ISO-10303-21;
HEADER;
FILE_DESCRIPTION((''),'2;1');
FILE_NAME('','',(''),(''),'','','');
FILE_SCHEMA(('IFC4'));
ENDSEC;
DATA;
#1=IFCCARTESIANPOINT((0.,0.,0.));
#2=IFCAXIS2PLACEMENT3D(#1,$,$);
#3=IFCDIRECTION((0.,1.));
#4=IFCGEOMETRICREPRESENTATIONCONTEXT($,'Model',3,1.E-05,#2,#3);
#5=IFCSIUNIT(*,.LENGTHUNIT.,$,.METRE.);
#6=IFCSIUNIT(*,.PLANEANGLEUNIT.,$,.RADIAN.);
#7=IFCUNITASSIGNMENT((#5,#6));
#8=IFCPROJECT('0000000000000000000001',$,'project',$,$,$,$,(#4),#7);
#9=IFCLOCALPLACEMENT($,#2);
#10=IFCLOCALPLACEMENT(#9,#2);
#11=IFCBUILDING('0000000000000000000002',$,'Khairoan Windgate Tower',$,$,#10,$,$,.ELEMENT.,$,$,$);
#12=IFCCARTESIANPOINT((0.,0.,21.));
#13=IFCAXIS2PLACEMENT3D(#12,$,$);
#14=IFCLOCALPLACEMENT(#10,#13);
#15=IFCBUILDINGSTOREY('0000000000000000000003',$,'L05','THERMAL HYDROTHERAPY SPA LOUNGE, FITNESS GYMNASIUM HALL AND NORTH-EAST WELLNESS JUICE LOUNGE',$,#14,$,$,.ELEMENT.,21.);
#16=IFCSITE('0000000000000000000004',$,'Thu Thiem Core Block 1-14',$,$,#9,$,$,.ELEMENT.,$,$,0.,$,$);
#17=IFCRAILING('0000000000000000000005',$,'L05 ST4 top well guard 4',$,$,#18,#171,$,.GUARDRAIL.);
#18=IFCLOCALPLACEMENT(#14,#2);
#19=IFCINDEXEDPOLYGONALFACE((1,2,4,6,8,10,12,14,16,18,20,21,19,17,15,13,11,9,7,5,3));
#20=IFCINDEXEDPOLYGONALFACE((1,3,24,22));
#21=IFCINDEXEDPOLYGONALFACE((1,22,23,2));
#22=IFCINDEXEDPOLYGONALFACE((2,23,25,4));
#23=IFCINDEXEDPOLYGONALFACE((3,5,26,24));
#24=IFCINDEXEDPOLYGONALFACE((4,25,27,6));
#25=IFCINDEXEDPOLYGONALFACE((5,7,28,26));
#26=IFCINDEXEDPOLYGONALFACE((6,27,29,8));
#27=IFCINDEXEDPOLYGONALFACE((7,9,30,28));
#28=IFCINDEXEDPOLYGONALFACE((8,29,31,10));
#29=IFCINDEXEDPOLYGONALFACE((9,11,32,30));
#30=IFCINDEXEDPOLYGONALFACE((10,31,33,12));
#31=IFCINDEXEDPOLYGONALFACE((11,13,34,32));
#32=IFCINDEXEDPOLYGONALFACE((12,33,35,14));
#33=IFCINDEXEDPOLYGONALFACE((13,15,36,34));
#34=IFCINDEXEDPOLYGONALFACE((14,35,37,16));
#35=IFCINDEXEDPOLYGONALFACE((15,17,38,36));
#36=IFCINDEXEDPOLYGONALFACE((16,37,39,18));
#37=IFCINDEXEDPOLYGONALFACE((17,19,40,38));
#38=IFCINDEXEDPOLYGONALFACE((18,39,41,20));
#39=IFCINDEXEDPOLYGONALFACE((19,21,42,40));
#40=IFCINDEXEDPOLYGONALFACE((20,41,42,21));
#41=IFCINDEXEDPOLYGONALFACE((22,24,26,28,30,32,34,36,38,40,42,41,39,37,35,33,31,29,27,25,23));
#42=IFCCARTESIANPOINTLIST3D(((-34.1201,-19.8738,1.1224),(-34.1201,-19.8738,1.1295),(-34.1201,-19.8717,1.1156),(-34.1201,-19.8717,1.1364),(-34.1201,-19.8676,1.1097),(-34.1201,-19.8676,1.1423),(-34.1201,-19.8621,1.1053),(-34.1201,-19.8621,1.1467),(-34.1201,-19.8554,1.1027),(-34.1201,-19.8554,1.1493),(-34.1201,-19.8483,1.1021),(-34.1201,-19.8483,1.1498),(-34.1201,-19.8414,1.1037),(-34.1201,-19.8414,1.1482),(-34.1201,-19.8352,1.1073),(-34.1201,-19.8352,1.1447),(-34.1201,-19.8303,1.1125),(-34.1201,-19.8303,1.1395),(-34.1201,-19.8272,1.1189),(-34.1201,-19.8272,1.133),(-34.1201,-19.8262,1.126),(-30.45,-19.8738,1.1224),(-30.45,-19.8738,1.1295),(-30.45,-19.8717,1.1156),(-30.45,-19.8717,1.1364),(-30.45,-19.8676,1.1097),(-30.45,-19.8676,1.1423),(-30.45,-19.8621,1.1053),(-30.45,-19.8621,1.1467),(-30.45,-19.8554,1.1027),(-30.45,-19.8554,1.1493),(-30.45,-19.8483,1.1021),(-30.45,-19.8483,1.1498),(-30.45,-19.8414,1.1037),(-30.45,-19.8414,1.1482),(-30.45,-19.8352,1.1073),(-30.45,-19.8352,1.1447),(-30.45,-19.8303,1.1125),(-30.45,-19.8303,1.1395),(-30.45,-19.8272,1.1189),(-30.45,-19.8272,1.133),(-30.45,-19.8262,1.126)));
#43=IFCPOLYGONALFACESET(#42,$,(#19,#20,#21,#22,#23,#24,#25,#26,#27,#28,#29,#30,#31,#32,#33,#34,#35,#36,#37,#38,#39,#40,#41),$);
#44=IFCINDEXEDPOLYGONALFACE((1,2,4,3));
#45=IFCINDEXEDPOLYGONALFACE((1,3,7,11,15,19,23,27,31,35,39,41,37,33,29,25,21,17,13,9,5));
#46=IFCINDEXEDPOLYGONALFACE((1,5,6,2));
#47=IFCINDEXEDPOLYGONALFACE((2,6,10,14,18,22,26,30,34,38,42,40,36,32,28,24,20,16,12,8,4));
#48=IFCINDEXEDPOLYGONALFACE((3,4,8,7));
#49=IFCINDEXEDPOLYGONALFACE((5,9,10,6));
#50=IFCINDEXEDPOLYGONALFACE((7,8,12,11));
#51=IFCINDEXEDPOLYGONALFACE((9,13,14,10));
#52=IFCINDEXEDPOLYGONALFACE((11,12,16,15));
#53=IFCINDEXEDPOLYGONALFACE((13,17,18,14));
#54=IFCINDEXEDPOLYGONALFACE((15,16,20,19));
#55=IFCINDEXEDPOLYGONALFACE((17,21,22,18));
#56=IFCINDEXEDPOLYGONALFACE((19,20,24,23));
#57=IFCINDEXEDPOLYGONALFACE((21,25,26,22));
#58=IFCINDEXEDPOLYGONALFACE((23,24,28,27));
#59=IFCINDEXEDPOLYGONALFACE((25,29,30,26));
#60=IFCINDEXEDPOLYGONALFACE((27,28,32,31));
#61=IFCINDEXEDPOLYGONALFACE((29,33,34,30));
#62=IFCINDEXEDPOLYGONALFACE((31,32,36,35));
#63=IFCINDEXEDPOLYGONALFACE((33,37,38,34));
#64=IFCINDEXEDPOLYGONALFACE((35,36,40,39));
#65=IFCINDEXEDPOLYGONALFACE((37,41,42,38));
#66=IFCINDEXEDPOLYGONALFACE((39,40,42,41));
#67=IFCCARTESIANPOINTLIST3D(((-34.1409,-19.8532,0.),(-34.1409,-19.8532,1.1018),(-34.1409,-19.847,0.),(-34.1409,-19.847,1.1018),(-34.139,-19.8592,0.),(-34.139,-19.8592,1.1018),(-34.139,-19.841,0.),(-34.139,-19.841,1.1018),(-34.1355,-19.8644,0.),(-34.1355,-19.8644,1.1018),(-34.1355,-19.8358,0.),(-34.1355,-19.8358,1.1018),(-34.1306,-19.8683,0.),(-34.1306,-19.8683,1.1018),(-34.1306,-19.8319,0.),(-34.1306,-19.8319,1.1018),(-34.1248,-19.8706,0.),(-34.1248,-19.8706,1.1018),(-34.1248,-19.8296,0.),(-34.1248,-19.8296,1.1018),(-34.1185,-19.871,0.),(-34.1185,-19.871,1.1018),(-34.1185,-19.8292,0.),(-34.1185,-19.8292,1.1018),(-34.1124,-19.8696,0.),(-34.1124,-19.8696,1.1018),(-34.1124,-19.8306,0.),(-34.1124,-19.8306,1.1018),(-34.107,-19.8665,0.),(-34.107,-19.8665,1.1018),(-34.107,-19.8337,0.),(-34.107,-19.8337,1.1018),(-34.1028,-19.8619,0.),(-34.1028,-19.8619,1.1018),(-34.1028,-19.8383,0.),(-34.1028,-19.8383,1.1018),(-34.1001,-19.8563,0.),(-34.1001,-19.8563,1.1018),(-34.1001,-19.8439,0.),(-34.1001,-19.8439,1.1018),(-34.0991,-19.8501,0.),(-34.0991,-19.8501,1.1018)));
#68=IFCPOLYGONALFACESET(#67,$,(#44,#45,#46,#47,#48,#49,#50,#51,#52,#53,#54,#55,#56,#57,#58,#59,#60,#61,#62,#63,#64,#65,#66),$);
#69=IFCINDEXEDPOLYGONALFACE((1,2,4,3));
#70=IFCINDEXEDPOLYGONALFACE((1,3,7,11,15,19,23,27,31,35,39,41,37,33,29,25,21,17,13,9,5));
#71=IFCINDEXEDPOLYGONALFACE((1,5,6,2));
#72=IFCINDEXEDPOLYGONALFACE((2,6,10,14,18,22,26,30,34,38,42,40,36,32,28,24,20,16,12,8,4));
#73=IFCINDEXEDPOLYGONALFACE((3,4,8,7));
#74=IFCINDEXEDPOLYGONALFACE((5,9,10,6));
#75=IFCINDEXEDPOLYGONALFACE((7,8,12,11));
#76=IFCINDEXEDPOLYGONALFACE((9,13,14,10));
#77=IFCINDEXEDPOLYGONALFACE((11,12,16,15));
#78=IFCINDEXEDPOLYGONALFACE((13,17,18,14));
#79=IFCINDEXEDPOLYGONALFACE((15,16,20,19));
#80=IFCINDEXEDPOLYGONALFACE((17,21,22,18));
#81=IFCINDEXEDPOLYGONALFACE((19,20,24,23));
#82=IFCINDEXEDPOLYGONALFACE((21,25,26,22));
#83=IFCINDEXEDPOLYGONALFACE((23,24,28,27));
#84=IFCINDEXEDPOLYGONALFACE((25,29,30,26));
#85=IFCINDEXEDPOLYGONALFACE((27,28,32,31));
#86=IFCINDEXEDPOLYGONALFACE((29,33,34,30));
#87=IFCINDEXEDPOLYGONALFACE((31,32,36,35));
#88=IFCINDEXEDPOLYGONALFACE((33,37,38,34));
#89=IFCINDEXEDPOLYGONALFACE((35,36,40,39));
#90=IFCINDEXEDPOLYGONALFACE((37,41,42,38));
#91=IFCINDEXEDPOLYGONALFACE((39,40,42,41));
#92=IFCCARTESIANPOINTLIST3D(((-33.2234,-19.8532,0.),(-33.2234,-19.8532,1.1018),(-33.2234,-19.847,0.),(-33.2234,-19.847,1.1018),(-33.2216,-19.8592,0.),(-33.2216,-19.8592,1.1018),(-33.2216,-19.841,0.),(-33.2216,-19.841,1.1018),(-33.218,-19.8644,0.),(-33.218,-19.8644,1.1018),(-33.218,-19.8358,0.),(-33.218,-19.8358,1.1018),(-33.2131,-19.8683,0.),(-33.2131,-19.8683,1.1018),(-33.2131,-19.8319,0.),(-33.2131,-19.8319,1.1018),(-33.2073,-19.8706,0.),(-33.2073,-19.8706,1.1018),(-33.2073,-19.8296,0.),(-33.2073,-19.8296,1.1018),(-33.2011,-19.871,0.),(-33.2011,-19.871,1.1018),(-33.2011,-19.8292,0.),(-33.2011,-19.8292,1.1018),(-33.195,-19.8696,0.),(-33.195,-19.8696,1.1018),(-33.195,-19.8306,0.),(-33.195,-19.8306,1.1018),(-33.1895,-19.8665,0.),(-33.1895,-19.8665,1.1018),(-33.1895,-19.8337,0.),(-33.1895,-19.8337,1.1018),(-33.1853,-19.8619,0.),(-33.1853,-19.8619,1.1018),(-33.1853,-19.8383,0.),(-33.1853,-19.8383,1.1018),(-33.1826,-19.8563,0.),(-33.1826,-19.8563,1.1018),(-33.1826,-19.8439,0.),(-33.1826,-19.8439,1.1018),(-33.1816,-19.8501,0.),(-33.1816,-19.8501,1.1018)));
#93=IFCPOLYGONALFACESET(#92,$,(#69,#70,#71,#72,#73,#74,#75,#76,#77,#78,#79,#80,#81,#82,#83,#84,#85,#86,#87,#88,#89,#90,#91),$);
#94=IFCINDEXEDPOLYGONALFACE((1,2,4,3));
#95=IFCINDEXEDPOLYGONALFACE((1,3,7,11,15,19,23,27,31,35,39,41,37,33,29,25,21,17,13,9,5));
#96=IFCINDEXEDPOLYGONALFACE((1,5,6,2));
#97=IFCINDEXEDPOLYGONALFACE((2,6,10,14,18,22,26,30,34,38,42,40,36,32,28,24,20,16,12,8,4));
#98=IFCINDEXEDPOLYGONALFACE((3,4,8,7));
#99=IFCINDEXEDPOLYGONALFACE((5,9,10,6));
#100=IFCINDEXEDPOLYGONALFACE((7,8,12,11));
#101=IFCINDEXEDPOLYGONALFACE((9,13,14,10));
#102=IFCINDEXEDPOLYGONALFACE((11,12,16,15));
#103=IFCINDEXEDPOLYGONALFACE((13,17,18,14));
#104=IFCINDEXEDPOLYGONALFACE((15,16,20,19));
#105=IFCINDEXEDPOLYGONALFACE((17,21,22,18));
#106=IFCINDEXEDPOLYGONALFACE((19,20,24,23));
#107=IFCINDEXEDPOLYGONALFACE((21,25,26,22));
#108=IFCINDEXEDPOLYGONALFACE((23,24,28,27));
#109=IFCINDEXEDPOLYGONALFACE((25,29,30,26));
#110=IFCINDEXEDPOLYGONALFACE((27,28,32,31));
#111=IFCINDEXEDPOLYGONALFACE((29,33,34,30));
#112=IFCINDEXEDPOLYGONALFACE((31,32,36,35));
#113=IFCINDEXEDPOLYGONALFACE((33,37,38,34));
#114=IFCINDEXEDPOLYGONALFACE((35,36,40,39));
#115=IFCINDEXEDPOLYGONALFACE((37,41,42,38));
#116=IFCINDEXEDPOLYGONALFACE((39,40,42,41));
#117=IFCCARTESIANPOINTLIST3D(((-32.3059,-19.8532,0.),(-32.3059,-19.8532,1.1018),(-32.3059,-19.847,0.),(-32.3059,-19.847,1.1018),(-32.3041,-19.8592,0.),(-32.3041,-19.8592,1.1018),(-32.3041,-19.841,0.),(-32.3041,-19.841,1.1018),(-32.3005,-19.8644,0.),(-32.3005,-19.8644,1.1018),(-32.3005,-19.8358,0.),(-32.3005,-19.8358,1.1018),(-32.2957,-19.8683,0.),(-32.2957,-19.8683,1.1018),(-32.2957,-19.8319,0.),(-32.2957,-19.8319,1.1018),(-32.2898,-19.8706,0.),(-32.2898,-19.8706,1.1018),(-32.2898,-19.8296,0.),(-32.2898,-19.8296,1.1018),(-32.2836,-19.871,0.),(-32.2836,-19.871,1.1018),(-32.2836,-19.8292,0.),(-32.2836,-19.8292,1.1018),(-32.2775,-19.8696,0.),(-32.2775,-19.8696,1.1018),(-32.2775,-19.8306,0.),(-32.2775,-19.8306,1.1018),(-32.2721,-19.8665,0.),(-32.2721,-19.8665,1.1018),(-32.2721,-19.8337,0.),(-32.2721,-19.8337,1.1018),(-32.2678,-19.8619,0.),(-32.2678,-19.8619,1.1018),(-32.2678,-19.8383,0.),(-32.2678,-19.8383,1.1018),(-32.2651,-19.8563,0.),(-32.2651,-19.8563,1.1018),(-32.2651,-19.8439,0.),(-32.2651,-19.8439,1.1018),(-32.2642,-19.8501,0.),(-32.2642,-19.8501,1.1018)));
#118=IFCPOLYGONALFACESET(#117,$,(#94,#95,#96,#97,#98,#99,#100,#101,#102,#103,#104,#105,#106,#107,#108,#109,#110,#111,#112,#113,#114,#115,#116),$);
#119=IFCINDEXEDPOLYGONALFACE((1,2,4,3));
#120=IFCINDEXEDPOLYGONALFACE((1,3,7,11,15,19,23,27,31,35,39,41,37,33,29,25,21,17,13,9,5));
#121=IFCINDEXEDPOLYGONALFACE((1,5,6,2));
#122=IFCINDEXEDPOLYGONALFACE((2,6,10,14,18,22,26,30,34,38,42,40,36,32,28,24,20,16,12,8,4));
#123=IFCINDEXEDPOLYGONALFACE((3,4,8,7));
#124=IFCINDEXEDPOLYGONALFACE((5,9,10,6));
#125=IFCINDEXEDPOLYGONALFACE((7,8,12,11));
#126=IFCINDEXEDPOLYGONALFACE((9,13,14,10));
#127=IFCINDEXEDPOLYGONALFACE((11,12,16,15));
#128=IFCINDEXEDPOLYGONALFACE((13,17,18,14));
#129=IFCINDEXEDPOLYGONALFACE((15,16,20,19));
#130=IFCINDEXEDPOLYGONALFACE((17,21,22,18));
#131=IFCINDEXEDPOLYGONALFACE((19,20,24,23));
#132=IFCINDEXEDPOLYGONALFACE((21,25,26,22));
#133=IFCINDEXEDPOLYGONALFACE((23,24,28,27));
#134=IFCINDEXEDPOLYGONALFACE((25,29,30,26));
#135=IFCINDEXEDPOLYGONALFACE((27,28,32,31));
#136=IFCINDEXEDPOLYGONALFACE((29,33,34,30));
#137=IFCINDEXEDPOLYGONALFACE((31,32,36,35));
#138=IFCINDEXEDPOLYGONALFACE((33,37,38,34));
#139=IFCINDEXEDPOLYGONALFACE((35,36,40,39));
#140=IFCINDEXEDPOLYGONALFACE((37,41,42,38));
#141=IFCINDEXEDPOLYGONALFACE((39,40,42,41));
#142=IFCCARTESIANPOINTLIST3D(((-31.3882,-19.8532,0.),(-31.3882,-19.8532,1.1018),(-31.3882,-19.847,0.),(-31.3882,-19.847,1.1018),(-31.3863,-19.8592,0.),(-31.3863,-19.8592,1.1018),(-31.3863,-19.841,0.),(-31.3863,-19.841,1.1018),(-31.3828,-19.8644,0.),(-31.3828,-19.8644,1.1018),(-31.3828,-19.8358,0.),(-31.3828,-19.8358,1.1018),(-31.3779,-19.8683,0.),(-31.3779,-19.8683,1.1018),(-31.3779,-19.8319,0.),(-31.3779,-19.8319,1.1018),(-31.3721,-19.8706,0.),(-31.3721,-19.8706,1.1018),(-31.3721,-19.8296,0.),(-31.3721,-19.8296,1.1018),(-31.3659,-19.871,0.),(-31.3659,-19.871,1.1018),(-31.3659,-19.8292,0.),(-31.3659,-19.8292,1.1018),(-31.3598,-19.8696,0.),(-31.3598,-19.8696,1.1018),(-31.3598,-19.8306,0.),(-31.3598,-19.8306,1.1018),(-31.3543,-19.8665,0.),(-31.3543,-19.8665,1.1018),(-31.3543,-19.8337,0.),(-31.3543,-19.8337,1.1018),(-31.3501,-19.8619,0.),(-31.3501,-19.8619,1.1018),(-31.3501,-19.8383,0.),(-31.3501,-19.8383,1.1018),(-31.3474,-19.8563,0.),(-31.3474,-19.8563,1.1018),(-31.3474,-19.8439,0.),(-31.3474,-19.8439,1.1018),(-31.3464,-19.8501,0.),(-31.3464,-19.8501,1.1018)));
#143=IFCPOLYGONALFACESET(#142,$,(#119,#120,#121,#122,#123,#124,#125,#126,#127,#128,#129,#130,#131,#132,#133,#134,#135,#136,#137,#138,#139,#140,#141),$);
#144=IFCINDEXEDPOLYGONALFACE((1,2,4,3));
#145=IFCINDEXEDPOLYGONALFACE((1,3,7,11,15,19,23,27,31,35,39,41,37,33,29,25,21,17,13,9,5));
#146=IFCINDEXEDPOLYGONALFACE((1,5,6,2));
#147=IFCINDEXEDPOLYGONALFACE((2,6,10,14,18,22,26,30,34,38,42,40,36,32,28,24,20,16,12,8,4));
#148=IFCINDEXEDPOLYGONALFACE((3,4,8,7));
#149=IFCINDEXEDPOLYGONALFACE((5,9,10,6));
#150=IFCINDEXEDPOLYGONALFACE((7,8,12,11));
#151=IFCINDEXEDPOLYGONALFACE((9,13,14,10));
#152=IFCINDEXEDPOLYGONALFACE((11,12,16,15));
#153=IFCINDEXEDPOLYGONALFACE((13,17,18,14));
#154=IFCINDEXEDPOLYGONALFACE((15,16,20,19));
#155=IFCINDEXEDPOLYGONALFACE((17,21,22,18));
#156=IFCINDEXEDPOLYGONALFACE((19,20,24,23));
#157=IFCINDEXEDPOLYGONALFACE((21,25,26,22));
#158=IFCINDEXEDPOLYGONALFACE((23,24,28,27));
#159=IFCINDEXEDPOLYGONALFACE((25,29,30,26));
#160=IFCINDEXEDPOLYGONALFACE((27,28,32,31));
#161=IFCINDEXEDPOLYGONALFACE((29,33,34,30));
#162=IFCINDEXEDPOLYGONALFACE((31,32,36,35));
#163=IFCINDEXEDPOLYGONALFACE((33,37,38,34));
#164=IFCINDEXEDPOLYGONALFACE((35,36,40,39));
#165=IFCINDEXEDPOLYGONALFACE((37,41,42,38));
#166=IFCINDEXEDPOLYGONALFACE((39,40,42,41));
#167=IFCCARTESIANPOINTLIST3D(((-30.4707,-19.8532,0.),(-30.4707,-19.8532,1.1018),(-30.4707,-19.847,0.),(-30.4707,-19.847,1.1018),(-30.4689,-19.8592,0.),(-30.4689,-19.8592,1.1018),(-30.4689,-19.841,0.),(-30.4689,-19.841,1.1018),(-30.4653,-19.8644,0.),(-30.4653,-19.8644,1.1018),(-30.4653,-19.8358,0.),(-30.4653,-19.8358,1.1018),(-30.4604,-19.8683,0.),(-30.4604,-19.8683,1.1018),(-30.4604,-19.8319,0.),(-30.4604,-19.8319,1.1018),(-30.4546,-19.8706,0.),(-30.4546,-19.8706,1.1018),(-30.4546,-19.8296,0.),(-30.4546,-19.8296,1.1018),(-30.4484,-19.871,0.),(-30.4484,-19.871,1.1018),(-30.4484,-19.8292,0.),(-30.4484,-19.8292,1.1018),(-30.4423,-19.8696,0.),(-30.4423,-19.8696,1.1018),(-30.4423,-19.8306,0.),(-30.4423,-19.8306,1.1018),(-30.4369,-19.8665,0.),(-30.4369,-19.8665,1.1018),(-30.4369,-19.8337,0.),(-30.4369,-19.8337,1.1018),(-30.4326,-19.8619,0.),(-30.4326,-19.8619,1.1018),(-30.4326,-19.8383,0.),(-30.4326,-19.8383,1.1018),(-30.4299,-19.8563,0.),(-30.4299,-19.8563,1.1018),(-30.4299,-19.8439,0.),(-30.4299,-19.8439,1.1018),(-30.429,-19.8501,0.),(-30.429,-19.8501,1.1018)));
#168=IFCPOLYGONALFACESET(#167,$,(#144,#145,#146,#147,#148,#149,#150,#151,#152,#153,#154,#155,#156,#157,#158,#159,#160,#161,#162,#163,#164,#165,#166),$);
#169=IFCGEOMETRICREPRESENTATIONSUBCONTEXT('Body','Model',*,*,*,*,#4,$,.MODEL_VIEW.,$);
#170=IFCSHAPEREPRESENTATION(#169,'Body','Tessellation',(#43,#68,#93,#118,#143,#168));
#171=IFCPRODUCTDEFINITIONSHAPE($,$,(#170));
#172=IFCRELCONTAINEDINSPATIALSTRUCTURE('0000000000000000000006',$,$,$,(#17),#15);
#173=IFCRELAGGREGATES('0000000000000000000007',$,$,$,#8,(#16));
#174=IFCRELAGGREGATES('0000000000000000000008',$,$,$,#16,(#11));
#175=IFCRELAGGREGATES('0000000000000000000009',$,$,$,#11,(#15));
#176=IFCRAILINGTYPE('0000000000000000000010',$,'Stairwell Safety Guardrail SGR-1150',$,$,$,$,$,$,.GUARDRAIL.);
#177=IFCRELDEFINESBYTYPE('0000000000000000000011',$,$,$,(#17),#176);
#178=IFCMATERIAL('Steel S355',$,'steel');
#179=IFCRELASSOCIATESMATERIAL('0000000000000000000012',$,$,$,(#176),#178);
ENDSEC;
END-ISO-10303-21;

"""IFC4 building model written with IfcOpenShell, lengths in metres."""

from ifc_helpers import new_model, si_unit, direction, frame, origin, origin_2d, place, context, subcontext, project, spatial, circle, extrude, material, type_object, element, save


model = new_model("IFC4")

# Units and contexts
model_context = context("Model", 3, precision=1e-05, world=origin(), true_north=direction((0.0, 1.0)))
body_context = subcontext(model_context, "Body", "Model", "MODEL_VIEW")
ifc_project = project(units=[si_unit("LENGTHUNIT", "METRE"), si_unit("PLANEANGLEUNIT", "RADIAN")], contexts=[model_context])

# Site, building, storey
site_placement = place(None, origin())
site = spatial("IfcSite", under=ifc_project, at=site_placement, Name="Thu Thiem Core Block 1-14", CompositionType="ELEMENT", RefElevation=0.0)
building_placement = place(site_placement, origin())
building = spatial("IfcBuilding", under=site, at=building_placement, Name="Khairoan Windgate Tower", CompositionType="ELEMENT")
storey_placement = place(building_placement, frame((0.0, 0.0, 21.0)))
storey = spatial("IfcBuildingStorey", under=building, at=storey_placement, Name="L05", Description="THERMAL HYDROTHERAPY SPA LOUNGE, FITNESS GYMNASIUM HALL AND NORTH-EAST WELLNESS JUICE LOUNGE", CompositionType="ELEMENT", Elevation=21.0)

# Railing
ifc_material_1 = material(Name="Steel S355", Category="steel")
railing_type_1 = type_object("IfcRailingType", Name="Stairwell Safety Guardrail SGR-1150", PredefinedType="GUARDRAIL", material=ifc_material_1)
railing_1_placement = place(storey_placement, frame((-34.1201, -19.8501, 0.0)))
element("IfcRailing", 1, at=railing_1_placement, inside=storey, type_object=railing_type_1, Name="L05 ST4 top well guard 4", PredefinedType="GUARDRAIL", context=body_context, shape_type="SweptSolid", body=[
    extrude(circle(Radius=0.0239, at=origin_2d()), frame((0.0, 0.0, 1.126), z_axis=(1.0, 0.0, 0.0), x_axis=(0.0, 1.0, 0.0)), (0.0, 0.0, 1.0), 3.6702),
    extrude(circle(Radius=0.021, at=origin_2d()), origin(), (0.0, 0.0, 1.0), 1.1018),
    extrude(circle(Radius=0.021, at=origin_2d()), frame((0.9175, 0.0, 0.0)), (0.0, 0.0, 1.0), 1.1018),
    extrude(circle(Radius=0.021, at=origin_2d()), frame((1.835, 0.0, 0.0)), (0.0, 0.0, 1.0), 1.1018),
    extrude(circle(Radius=0.021, at=origin_2d()), frame((2.7527, 0.0, 0.0)), (0.0, 0.0, 1.0), 1.1018),
    extrude(circle(Radius=0.021, at=origin_2d()), frame((3.6702, 0.0, 0.0)), (0.0, 0.0, 1.0), 1.1018),
])

save(model, "model.ifc")
